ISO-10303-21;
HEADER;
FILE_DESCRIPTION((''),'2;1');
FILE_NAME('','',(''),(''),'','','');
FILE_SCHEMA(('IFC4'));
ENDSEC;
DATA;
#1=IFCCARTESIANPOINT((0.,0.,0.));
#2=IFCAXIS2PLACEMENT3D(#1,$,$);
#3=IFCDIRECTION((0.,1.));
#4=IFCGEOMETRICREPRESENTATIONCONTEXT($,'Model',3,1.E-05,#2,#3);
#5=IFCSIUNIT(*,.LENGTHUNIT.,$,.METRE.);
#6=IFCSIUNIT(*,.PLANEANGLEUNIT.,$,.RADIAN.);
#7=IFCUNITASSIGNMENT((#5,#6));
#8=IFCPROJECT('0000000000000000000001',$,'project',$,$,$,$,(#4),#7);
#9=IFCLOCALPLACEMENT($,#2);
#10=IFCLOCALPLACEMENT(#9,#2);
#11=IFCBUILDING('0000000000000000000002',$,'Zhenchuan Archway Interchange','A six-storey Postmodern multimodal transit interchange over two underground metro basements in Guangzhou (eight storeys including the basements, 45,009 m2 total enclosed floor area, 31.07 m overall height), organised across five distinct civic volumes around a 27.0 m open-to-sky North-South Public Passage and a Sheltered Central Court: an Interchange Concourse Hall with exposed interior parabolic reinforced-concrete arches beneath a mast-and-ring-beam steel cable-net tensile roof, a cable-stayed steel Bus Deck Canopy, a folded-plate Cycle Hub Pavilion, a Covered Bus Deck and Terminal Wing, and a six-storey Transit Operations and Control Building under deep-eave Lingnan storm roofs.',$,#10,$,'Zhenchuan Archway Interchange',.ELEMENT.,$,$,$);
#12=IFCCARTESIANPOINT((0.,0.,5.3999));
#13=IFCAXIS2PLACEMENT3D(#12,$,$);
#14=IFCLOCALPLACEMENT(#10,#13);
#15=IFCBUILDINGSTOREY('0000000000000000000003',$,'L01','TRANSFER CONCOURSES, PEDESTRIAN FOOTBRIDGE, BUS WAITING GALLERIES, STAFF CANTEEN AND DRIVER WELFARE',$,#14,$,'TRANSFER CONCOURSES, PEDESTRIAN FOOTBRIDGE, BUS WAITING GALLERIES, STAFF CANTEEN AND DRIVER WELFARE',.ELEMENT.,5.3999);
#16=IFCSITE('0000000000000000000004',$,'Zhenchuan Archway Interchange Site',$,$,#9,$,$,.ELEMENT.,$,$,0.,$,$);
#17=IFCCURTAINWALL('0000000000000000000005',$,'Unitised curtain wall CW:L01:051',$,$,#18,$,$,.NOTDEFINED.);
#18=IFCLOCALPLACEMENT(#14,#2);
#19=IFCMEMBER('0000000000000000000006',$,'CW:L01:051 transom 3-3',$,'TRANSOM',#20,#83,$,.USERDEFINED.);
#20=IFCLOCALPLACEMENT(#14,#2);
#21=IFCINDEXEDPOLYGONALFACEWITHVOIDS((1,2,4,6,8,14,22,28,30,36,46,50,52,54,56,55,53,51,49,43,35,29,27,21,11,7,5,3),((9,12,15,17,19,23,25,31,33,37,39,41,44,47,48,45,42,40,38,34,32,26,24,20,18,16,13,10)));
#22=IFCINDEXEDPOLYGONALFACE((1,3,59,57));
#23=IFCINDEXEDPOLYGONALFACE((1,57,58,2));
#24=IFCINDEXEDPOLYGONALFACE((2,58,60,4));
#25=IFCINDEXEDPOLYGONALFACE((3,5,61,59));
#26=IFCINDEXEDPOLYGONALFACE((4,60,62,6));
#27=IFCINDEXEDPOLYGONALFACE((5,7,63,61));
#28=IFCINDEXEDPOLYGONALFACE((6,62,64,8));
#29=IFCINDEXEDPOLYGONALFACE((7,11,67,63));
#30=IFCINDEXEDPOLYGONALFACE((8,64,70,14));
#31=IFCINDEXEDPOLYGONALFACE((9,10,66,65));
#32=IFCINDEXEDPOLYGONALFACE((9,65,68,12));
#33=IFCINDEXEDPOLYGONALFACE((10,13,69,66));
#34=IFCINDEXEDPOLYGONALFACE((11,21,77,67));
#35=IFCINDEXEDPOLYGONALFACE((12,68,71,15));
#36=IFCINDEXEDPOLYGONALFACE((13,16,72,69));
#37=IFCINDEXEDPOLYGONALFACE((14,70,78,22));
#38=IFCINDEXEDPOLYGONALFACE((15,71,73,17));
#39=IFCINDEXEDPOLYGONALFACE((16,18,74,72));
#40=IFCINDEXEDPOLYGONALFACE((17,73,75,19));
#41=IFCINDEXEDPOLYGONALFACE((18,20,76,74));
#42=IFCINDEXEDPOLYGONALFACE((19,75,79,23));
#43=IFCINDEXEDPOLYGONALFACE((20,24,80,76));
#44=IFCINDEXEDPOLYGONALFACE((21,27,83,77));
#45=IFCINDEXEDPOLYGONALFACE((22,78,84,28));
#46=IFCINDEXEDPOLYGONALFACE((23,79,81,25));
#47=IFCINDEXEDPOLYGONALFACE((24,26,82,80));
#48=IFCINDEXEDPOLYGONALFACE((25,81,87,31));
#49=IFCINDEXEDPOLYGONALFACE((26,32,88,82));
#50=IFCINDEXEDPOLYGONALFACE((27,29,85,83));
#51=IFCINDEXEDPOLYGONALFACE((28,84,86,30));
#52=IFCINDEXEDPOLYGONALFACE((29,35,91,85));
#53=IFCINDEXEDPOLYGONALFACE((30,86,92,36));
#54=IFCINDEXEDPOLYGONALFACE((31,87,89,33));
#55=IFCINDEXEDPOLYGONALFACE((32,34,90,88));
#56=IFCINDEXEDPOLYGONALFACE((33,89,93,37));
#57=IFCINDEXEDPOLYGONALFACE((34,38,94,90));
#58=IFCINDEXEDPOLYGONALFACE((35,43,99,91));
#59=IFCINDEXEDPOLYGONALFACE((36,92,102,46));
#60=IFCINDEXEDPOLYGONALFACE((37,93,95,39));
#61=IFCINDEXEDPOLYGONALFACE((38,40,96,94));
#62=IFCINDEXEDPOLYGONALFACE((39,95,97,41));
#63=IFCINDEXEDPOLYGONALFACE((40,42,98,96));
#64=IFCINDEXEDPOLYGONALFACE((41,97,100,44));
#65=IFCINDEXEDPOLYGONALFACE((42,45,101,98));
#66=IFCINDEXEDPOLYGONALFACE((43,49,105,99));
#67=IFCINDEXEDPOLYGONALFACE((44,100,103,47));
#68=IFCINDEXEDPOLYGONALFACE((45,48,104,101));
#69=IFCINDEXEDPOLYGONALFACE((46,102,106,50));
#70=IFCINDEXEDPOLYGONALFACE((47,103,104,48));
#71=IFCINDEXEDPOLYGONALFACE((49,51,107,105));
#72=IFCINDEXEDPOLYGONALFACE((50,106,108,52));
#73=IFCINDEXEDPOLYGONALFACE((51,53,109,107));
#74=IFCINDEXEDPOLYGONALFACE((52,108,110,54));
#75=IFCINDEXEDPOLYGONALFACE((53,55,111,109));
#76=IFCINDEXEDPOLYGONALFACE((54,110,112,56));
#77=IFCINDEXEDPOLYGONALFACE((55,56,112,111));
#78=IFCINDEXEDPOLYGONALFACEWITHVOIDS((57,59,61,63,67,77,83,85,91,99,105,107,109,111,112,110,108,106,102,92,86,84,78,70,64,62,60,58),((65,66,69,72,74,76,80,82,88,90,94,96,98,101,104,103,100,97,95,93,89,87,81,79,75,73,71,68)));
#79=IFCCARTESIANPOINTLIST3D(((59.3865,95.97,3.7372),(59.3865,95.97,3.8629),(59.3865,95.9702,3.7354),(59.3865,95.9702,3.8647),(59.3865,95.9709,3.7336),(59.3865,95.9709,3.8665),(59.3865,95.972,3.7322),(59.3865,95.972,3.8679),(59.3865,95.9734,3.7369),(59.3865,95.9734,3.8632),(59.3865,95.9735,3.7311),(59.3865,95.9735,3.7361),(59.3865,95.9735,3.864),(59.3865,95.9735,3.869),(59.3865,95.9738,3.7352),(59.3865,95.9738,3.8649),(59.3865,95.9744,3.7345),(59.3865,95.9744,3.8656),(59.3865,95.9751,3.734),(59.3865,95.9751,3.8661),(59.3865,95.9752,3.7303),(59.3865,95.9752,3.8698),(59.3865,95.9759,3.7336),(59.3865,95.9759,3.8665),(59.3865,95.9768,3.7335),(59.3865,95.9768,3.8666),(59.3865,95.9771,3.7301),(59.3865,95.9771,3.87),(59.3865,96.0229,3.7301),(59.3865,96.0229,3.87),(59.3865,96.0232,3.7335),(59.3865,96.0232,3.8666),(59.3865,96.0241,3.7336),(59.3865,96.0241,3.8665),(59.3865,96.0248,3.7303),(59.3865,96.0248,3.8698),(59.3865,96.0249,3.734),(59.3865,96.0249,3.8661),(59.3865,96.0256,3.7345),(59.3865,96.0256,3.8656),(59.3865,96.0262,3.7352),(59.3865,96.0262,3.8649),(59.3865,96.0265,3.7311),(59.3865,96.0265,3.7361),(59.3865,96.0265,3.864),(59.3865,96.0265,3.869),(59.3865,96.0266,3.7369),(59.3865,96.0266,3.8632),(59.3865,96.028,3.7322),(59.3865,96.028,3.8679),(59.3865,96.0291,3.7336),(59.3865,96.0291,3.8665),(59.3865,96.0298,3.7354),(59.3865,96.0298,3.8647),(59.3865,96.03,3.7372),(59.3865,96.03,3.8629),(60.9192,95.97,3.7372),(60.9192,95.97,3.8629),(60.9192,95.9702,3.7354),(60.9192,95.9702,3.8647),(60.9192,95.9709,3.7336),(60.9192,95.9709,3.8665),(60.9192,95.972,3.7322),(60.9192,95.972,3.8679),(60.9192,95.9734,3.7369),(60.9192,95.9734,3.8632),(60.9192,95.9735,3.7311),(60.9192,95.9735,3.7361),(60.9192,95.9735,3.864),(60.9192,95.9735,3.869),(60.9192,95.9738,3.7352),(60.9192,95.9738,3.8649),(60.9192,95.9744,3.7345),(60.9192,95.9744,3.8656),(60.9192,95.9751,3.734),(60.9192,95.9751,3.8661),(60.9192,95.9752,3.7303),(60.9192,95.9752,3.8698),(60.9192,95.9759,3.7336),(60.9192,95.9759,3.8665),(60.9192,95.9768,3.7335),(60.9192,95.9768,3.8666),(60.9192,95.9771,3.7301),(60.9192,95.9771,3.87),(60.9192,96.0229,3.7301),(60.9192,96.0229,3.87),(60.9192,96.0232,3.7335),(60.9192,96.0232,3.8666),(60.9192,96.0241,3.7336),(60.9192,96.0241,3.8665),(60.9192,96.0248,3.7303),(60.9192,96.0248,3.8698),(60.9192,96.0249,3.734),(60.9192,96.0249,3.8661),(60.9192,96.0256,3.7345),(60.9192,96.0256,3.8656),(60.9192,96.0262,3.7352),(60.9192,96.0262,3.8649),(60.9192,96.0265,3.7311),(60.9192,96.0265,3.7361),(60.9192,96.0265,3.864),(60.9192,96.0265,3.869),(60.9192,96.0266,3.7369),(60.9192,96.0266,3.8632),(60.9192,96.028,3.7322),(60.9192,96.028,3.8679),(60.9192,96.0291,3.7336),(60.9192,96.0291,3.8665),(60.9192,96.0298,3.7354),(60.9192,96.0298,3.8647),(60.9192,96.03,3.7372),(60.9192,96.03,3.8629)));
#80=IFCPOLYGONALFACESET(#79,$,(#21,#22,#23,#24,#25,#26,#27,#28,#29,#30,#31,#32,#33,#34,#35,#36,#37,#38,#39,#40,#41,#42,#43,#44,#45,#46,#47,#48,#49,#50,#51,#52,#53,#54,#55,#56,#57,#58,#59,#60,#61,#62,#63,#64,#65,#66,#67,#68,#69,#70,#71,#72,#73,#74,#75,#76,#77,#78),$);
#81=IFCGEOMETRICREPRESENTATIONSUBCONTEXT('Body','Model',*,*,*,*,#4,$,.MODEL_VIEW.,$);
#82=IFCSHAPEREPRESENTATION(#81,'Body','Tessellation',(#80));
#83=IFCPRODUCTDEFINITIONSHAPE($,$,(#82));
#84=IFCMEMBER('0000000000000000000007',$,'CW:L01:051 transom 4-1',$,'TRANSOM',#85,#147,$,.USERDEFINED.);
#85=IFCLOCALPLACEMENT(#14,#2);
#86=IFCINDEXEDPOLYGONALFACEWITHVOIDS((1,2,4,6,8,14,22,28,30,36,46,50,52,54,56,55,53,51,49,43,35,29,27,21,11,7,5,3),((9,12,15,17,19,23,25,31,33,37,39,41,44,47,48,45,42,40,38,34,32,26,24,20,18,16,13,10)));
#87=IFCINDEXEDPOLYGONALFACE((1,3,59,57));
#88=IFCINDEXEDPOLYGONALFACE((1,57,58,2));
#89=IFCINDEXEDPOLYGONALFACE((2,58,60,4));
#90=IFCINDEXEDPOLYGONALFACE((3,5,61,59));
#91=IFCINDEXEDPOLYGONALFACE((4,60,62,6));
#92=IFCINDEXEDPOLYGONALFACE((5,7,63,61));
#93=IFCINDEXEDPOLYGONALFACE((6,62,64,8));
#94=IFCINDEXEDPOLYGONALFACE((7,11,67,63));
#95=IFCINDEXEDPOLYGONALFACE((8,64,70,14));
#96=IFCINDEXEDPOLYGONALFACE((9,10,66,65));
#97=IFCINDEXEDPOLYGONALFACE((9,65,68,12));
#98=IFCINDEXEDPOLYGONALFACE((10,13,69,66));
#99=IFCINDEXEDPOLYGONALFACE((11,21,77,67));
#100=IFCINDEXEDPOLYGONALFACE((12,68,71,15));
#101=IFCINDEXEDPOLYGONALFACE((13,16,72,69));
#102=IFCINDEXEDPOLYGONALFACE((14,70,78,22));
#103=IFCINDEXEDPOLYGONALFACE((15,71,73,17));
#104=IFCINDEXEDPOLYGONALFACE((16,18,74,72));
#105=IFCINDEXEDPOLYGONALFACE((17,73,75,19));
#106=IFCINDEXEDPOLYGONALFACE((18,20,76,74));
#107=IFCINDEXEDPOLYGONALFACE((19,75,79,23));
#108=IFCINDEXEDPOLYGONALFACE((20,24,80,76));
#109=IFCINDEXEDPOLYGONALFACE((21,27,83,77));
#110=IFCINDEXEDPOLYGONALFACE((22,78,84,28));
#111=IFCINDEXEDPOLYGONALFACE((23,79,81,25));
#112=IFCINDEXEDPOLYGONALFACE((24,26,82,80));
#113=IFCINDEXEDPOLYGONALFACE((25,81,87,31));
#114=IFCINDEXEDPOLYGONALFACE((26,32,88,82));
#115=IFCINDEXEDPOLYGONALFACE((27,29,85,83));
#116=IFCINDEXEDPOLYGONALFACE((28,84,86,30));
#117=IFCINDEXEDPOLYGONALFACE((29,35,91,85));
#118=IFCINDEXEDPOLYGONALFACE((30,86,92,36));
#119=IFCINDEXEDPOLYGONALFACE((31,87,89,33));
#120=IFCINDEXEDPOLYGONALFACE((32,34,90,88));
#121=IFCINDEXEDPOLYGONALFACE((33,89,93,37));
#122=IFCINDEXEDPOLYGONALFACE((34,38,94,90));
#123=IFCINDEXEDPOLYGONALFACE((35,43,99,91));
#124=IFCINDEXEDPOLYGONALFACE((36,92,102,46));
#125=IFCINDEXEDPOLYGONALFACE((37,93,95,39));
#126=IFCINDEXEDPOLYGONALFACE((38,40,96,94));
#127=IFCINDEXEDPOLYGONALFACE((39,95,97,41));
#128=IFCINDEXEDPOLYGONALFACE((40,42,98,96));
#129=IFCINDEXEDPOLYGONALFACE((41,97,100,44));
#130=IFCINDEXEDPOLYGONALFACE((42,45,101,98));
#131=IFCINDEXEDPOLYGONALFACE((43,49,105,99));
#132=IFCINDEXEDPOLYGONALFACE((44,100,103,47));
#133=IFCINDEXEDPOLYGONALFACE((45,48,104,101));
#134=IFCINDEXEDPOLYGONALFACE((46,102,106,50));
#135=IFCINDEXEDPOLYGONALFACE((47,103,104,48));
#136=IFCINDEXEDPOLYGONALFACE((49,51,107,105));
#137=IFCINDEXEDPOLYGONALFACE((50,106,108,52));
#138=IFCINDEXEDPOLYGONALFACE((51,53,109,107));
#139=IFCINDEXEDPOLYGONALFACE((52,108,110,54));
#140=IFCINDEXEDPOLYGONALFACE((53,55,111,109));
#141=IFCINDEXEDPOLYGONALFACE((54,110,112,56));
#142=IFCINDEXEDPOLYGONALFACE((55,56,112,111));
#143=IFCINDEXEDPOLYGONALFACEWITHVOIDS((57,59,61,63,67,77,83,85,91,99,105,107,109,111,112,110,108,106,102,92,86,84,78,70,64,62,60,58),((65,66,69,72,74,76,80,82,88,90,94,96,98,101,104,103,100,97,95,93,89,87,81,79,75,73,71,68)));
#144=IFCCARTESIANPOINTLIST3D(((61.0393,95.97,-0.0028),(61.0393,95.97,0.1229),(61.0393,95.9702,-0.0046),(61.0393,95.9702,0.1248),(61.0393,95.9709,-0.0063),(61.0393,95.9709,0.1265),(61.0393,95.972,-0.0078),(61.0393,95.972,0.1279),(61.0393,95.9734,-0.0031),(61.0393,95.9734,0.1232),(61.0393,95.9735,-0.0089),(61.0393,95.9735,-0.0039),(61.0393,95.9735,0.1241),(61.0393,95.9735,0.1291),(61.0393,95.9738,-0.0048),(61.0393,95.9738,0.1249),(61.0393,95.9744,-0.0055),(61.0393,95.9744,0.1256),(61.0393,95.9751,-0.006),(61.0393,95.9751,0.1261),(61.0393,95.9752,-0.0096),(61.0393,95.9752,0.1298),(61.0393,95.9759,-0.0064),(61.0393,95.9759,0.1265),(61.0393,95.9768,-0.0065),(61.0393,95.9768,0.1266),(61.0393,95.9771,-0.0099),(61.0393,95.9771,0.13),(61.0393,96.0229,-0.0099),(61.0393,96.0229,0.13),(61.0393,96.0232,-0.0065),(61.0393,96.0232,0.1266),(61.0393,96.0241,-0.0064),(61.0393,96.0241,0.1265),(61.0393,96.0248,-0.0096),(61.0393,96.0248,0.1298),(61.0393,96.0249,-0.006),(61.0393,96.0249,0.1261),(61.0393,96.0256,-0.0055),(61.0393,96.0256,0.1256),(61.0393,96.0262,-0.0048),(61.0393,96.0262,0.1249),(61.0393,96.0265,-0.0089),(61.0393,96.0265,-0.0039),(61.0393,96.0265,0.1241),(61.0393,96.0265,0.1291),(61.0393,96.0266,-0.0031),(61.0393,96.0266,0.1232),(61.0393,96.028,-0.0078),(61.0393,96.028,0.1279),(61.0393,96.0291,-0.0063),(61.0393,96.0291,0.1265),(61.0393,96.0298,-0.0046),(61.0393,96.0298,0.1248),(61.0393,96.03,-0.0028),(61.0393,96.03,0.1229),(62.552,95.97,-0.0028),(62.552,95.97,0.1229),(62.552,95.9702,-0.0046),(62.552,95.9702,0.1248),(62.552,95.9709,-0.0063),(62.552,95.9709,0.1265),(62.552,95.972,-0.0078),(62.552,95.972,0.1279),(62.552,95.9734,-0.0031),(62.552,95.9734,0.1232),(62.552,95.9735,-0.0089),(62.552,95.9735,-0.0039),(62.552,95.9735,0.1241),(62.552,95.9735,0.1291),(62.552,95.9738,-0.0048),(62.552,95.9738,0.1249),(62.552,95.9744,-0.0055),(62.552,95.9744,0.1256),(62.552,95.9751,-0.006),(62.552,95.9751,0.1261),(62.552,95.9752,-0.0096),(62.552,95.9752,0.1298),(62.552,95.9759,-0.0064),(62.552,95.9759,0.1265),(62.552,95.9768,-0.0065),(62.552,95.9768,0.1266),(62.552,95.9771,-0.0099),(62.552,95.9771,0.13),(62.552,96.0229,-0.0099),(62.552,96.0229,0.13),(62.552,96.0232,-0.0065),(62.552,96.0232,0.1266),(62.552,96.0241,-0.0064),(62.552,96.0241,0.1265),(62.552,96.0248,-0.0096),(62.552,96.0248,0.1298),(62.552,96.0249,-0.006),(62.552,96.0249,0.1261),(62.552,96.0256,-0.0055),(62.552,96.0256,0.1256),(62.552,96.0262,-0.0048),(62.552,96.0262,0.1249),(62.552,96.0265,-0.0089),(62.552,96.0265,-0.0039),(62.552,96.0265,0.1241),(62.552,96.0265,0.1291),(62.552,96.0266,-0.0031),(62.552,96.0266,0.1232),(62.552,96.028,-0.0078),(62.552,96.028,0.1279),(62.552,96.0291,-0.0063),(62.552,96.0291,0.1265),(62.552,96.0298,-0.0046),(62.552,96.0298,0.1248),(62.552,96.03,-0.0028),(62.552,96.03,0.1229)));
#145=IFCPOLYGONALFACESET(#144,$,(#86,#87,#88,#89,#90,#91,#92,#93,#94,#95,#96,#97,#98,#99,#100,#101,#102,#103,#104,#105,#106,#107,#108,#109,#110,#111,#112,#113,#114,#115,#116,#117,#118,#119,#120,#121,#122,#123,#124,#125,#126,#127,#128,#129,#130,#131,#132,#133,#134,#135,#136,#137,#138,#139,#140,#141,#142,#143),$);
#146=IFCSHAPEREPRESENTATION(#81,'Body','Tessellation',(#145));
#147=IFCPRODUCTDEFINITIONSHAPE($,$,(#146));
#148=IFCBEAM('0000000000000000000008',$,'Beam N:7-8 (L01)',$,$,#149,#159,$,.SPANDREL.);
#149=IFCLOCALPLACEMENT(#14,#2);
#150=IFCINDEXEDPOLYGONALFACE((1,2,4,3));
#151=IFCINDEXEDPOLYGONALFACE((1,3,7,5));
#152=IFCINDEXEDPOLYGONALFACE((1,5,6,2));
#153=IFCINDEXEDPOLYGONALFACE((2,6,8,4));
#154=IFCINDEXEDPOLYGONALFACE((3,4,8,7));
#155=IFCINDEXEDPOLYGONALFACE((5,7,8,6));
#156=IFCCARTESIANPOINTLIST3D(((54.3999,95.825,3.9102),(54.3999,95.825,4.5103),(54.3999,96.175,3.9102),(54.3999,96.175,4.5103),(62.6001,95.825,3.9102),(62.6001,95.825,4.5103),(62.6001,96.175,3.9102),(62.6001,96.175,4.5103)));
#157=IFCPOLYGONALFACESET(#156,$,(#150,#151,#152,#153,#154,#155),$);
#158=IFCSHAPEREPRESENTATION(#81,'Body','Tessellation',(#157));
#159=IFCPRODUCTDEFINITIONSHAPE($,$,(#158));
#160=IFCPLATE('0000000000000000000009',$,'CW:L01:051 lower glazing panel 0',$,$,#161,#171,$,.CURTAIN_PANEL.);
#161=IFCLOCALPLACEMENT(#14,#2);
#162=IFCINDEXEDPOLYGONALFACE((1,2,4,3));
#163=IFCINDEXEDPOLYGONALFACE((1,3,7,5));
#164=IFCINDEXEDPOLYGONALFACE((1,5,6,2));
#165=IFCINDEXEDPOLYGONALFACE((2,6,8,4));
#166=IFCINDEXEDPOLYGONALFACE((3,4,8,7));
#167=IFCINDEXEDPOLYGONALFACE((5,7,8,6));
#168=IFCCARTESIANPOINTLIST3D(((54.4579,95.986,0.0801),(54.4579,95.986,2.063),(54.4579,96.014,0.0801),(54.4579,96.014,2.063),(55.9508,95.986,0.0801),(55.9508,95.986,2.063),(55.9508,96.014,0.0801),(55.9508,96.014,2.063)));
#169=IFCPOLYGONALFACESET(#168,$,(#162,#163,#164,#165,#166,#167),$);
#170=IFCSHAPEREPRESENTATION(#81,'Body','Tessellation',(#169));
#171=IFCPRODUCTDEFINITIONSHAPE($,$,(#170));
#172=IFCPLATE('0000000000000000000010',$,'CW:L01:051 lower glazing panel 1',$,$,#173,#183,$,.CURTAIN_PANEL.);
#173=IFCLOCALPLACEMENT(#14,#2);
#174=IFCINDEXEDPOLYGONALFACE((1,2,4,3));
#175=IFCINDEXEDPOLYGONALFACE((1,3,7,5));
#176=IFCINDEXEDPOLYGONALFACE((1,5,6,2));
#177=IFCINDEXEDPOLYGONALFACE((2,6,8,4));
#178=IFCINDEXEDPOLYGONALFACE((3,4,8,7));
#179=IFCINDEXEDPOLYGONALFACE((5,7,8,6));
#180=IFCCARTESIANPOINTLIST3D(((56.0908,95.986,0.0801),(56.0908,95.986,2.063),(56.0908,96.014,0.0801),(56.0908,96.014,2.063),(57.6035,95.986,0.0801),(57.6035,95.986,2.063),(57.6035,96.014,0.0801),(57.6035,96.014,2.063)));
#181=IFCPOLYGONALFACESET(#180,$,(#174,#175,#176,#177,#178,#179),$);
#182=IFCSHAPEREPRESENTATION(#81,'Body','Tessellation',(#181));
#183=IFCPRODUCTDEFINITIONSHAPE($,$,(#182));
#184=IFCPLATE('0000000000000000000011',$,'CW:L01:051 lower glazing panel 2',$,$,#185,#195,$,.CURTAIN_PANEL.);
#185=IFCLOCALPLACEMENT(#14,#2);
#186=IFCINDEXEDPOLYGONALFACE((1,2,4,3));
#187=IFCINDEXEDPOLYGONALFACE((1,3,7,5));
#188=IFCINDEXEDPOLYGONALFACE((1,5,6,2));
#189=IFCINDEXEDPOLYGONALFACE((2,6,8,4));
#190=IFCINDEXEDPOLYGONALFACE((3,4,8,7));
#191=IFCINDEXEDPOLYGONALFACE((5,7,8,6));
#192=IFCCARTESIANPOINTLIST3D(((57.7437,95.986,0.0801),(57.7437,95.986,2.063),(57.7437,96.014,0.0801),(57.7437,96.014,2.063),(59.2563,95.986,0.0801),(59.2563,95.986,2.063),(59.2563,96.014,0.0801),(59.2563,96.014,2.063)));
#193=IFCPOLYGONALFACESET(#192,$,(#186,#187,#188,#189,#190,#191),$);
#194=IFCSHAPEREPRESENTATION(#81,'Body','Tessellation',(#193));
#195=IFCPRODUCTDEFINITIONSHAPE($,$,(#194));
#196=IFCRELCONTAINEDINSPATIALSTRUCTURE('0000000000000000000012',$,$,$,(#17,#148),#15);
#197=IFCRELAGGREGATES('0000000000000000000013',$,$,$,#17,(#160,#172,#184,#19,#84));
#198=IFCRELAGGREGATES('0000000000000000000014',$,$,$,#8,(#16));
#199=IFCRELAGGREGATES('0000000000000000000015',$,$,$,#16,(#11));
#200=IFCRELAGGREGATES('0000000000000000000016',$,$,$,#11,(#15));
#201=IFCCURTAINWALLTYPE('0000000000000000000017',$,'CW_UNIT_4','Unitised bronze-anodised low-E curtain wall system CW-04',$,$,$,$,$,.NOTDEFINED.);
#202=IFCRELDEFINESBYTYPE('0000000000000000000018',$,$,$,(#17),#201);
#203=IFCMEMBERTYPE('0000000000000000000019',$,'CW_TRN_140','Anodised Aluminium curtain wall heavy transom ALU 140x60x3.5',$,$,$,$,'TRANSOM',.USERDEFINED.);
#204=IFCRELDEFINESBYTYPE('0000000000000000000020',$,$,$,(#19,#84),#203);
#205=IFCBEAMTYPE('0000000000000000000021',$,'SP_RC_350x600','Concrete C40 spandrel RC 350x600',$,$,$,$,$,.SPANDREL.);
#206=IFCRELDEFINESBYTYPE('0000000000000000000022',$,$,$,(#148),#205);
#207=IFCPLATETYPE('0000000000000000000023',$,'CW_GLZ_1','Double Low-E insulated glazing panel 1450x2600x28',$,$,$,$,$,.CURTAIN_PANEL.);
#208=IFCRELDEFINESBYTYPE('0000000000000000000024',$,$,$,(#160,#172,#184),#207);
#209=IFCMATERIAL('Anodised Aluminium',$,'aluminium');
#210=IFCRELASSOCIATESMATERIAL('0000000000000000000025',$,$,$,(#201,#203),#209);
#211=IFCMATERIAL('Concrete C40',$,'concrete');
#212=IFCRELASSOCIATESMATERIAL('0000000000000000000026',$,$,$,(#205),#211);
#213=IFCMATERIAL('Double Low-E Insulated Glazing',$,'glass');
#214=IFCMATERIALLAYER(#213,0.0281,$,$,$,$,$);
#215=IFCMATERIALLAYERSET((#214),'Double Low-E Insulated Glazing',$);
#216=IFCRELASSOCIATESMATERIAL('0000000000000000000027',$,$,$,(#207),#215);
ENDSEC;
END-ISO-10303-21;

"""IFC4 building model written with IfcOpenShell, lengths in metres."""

from ifc_helpers import new_model, si_unit, direction, frame, origin, origin_2d, place, context, subcontext, project, spatial, rectangle, hollow_rectangle, extrude, material, layer, layer_set, material_profile, profile_set, type_object, element, aggregate, save


model = new_model("IFC4")

# Units and contexts
model_context = context("Model", 3, precision=1e-05, world=origin(), true_north=direction((0.0, 1.0)))
body_context = subcontext(model_context, "Body", "Model", "MODEL_VIEW")
ifc_project = project(units=[si_unit("LENGTHUNIT", "METRE"), si_unit("PLANEANGLEUNIT", "RADIAN")], contexts=[model_context])

# Site, building, storey
site_placement = place(None, origin())
site = spatial("IfcSite", under=ifc_project, at=site_placement, Name="Zhenchuan Archway Interchange Site", CompositionType="ELEMENT", RefElevation=0.0)
building_placement = place(site_placement, origin())
building = spatial("IfcBuilding", under=site, at=building_placement, Name="Zhenchuan Archway Interchange", Description="A six-storey Postmodern multimodal transit interchange over two underground metro basements in Guangzhou (eight storeys including the basements, 45,009 m2 total enclosed floor area, 31.07 m overall height), organised across five distinct civic volumes around a 27.0 m open-to-sky North-South Public Passage and a Sheltered Central Court: an Interchange Concourse Hall with exposed interior parabolic reinforced-concrete arches beneath a mast-and-ring-beam steel cable-net tensile roof, a cable-stayed steel Bus Deck Canopy, a folded-plate Cycle Hub Pavilion, a Covered Bus Deck and Terminal Wing, and a six-storey Transit Operations and Control Building under deep-eave Lingnan storm roofs.", LongName="Zhenchuan Archway Interchange", CompositionType="ELEMENT")
storey_placement = place(building_placement, frame((0.0, 0.0, 5.3999)))
storey = spatial("IfcBuildingStorey", under=building, at=storey_placement, Name="L01", Description="TRANSFER CONCOURSES, PEDESTRIAN FOOTBRIDGE, BUS WAITING GALLERIES, STAFF CANTEEN AND DRIVER WELFARE", LongName="TRANSFER CONCOURSES, PEDESTRIAN FOOTBRIDGE, BUS WAITING GALLERIES, STAFF CANTEEN AND DRIVER WELFARE", CompositionType="ELEMENT", Elevation=5.3999)

# Curtain wall, members
ifc_material_1 = material(Name="Anodised Aluminium", Category="aluminium")
curtain_wall_type = type_object("IfcCurtainWallType", Name="CW_UNIT_4", Description="Unitised bronze-anodised low-E curtain wall system CW-04", PredefinedType="NOTDEFINED", material=ifc_material_1)
curtain_wall_placement = place(storey_placement, origin())
curtain_wall = element("IfcCurtainWall", 1, at=curtain_wall_placement, inside=storey, type_object=curtain_wall_type, Name="Unitised curtain wall CW:L01:051", PredefinedType="NOTDEFINED")
ifc_material_profile_1 = material_profile(ifc_material_1, hollow_rectangle(XDim=0.0601, YDim=0.1399, WallThickness=0.0034, InnerFilletRadius=0.0034, OuterFilletRadius=0.0071, at=origin_2d()), Name="ALU 140x60x3.5")
ifc_profile_set_1 = profile_set([ifc_material_profile_1], Name="Anodised Aluminium")
member_type_1 = type_object("IfcMemberType", Name="CW_TRN_140", Description="Anodised Aluminium curtain wall heavy transom ALU 140x60x3.5", ElementType="TRANSOM", PredefinedType="USERDEFINED", material=ifc_profile_set_1)
member_1_placement = place(storey_placement, frame((59.3865, 96.0, 3.8), z_axis=(1.0, 0.0, 0.0), x_axis=(0.0, 1.0, 0.0)))
member_1 = element("IfcMember", 2, at=member_1_placement, type_object=member_type_1, Name="CW:L01:051 transom 3-3", ObjectType="TRANSOM", PredefinedType="USERDEFINED", context=body_context, shape_type="SweptSolid", body=[
    extrude(hollow_rectangle(XDim=0.0601, YDim=0.1399, WallThickness=0.0034, InnerFilletRadius=0.0034, OuterFilletRadius=0.0071, at=origin_2d()), origin(), (0.0, 0.0, 1.0), 1.5327),
])
member_2_placement = place(storey_placement, frame((61.0393, 96.0, 0.0601), z_axis=(1.0, 0.0, 0.0), x_axis=(0.0, 1.0, 0.0)))
member_2 = element("IfcMember", 3, at=member_2_placement, type_object=member_type_1, Name="CW:L01:051 transom 4-1", ObjectType="TRANSOM", PredefinedType="USERDEFINED", context=body_context, shape_type="SweptSolid", body=[
    extrude(hollow_rectangle(XDim=0.0601, YDim=0.1399, WallThickness=0.0034, InnerFilletRadius=0.0034, OuterFilletRadius=0.0071, at=origin_2d()), origin(), (0.0, 0.0, 1.0), 1.5127),
])

# Beam
ifc_material_2 = material(Name="Concrete C40", Category="concrete")
ifc_material_profile_2 = material_profile(ifc_material_2, rectangle(XDim=0.3501, YDim=0.6001, at=origin_2d()), Name="RC 350x600")
ifc_profile_set_2 = profile_set([ifc_material_profile_2], Name="Concrete C40")
beam_type = type_object("IfcBeamType", Name="SP_RC_350x600", Description="Concrete C40 spandrel RC 350x600", PredefinedType="SPANDREL", material=ifc_profile_set_2)
beam_placement = place(storey_placement, frame((54.3999, 96.0, 4.2102), z_axis=(1.0, 0.0, 0.0), x_axis=(0.0, 1.0, 0.0)))
element("IfcBeam", 4, at=beam_placement, inside=storey, type_object=beam_type, Name="Beam N:7-8 (L01)", PredefinedType="SPANDREL", context=body_context, shape_type="SweptSolid", body=[
    extrude(rectangle(XDim=0.3501, YDim=0.6001, at=origin_2d()), origin(), (0.0, 0.0, 1.0), 8.2002),
])

# Plates
ifc_material_3 = material(Name="Double Low-E Insulated Glazing", Category="glass")
ifc_layer_1 = layer(ifc_material_3, 0.0281)
ifc_layer_set_1 = layer_set([ifc_layer_1], Name="Double Low-E Insulated Glazing")
plate_type_1 = type_object("IfcPlateType", Name="CW_GLZ_1", Description="Double Low-E insulated glazing panel 1450x2600x28", PredefinedType="CURTAIN_PANEL", material=ifc_layer_set_1)
plate_1_placement = place(storey_placement, frame((55.2043, 96.0, 0.0801), z_axis=(0.0, 0.0, 1.0), x_axis=(1.0, 0.0, 0.0)))
plate_1 = element("IfcPlate", 5, at=plate_1_placement, type_object=plate_type_1, Name="CW:L01:051 lower glazing panel 0", PredefinedType="CURTAIN_PANEL", context=body_context, shape_type="SweptSolid", body=[
    extrude(rectangle(XDim=1.4929, YDim=0.0281, at=origin_2d()), origin(), (0.0, 0.0, 1.0), 1.9829),
])
plate_2_placement = place(storey_placement, frame((56.8472, 96.0, 0.0801), z_axis=(0.0, 0.0, 1.0), x_axis=(1.0, 0.0, 0.0)))
plate_2 = element("IfcPlate", 6, at=plate_2_placement, type_object=plate_type_1, Name="CW:L01:051 lower glazing panel 1", PredefinedType="CURTAIN_PANEL", context=body_context, shape_type="SweptSolid", body=[
    extrude(rectangle(XDim=1.5127, YDim=0.0281, at=origin_2d()), origin(), (0.0, 0.0, 1.0), 1.9829),
])
plate_3_placement = place(storey_placement, frame((58.5, 96.0, 0.0801), z_axis=(0.0, 0.0, 1.0), x_axis=(1.0, 0.0, 0.0)))
plate_3 = element("IfcPlate", 7, at=plate_3_placement, type_object=plate_type_1, Name="CW:L01:051 lower glazing panel 2", PredefinedType="CURTAIN_PANEL", context=body_context, shape_type="SweptSolid", body=[
    extrude(rectangle(XDim=1.5127, YDim=0.0281, at=origin_2d()), origin(), (0.0, 0.0, 1.0), 1.9829),
])
aggregate(curtain_wall, [plate_1, plate_2, plate_3, member_1, member_2])

save(model, "model.ifc")
